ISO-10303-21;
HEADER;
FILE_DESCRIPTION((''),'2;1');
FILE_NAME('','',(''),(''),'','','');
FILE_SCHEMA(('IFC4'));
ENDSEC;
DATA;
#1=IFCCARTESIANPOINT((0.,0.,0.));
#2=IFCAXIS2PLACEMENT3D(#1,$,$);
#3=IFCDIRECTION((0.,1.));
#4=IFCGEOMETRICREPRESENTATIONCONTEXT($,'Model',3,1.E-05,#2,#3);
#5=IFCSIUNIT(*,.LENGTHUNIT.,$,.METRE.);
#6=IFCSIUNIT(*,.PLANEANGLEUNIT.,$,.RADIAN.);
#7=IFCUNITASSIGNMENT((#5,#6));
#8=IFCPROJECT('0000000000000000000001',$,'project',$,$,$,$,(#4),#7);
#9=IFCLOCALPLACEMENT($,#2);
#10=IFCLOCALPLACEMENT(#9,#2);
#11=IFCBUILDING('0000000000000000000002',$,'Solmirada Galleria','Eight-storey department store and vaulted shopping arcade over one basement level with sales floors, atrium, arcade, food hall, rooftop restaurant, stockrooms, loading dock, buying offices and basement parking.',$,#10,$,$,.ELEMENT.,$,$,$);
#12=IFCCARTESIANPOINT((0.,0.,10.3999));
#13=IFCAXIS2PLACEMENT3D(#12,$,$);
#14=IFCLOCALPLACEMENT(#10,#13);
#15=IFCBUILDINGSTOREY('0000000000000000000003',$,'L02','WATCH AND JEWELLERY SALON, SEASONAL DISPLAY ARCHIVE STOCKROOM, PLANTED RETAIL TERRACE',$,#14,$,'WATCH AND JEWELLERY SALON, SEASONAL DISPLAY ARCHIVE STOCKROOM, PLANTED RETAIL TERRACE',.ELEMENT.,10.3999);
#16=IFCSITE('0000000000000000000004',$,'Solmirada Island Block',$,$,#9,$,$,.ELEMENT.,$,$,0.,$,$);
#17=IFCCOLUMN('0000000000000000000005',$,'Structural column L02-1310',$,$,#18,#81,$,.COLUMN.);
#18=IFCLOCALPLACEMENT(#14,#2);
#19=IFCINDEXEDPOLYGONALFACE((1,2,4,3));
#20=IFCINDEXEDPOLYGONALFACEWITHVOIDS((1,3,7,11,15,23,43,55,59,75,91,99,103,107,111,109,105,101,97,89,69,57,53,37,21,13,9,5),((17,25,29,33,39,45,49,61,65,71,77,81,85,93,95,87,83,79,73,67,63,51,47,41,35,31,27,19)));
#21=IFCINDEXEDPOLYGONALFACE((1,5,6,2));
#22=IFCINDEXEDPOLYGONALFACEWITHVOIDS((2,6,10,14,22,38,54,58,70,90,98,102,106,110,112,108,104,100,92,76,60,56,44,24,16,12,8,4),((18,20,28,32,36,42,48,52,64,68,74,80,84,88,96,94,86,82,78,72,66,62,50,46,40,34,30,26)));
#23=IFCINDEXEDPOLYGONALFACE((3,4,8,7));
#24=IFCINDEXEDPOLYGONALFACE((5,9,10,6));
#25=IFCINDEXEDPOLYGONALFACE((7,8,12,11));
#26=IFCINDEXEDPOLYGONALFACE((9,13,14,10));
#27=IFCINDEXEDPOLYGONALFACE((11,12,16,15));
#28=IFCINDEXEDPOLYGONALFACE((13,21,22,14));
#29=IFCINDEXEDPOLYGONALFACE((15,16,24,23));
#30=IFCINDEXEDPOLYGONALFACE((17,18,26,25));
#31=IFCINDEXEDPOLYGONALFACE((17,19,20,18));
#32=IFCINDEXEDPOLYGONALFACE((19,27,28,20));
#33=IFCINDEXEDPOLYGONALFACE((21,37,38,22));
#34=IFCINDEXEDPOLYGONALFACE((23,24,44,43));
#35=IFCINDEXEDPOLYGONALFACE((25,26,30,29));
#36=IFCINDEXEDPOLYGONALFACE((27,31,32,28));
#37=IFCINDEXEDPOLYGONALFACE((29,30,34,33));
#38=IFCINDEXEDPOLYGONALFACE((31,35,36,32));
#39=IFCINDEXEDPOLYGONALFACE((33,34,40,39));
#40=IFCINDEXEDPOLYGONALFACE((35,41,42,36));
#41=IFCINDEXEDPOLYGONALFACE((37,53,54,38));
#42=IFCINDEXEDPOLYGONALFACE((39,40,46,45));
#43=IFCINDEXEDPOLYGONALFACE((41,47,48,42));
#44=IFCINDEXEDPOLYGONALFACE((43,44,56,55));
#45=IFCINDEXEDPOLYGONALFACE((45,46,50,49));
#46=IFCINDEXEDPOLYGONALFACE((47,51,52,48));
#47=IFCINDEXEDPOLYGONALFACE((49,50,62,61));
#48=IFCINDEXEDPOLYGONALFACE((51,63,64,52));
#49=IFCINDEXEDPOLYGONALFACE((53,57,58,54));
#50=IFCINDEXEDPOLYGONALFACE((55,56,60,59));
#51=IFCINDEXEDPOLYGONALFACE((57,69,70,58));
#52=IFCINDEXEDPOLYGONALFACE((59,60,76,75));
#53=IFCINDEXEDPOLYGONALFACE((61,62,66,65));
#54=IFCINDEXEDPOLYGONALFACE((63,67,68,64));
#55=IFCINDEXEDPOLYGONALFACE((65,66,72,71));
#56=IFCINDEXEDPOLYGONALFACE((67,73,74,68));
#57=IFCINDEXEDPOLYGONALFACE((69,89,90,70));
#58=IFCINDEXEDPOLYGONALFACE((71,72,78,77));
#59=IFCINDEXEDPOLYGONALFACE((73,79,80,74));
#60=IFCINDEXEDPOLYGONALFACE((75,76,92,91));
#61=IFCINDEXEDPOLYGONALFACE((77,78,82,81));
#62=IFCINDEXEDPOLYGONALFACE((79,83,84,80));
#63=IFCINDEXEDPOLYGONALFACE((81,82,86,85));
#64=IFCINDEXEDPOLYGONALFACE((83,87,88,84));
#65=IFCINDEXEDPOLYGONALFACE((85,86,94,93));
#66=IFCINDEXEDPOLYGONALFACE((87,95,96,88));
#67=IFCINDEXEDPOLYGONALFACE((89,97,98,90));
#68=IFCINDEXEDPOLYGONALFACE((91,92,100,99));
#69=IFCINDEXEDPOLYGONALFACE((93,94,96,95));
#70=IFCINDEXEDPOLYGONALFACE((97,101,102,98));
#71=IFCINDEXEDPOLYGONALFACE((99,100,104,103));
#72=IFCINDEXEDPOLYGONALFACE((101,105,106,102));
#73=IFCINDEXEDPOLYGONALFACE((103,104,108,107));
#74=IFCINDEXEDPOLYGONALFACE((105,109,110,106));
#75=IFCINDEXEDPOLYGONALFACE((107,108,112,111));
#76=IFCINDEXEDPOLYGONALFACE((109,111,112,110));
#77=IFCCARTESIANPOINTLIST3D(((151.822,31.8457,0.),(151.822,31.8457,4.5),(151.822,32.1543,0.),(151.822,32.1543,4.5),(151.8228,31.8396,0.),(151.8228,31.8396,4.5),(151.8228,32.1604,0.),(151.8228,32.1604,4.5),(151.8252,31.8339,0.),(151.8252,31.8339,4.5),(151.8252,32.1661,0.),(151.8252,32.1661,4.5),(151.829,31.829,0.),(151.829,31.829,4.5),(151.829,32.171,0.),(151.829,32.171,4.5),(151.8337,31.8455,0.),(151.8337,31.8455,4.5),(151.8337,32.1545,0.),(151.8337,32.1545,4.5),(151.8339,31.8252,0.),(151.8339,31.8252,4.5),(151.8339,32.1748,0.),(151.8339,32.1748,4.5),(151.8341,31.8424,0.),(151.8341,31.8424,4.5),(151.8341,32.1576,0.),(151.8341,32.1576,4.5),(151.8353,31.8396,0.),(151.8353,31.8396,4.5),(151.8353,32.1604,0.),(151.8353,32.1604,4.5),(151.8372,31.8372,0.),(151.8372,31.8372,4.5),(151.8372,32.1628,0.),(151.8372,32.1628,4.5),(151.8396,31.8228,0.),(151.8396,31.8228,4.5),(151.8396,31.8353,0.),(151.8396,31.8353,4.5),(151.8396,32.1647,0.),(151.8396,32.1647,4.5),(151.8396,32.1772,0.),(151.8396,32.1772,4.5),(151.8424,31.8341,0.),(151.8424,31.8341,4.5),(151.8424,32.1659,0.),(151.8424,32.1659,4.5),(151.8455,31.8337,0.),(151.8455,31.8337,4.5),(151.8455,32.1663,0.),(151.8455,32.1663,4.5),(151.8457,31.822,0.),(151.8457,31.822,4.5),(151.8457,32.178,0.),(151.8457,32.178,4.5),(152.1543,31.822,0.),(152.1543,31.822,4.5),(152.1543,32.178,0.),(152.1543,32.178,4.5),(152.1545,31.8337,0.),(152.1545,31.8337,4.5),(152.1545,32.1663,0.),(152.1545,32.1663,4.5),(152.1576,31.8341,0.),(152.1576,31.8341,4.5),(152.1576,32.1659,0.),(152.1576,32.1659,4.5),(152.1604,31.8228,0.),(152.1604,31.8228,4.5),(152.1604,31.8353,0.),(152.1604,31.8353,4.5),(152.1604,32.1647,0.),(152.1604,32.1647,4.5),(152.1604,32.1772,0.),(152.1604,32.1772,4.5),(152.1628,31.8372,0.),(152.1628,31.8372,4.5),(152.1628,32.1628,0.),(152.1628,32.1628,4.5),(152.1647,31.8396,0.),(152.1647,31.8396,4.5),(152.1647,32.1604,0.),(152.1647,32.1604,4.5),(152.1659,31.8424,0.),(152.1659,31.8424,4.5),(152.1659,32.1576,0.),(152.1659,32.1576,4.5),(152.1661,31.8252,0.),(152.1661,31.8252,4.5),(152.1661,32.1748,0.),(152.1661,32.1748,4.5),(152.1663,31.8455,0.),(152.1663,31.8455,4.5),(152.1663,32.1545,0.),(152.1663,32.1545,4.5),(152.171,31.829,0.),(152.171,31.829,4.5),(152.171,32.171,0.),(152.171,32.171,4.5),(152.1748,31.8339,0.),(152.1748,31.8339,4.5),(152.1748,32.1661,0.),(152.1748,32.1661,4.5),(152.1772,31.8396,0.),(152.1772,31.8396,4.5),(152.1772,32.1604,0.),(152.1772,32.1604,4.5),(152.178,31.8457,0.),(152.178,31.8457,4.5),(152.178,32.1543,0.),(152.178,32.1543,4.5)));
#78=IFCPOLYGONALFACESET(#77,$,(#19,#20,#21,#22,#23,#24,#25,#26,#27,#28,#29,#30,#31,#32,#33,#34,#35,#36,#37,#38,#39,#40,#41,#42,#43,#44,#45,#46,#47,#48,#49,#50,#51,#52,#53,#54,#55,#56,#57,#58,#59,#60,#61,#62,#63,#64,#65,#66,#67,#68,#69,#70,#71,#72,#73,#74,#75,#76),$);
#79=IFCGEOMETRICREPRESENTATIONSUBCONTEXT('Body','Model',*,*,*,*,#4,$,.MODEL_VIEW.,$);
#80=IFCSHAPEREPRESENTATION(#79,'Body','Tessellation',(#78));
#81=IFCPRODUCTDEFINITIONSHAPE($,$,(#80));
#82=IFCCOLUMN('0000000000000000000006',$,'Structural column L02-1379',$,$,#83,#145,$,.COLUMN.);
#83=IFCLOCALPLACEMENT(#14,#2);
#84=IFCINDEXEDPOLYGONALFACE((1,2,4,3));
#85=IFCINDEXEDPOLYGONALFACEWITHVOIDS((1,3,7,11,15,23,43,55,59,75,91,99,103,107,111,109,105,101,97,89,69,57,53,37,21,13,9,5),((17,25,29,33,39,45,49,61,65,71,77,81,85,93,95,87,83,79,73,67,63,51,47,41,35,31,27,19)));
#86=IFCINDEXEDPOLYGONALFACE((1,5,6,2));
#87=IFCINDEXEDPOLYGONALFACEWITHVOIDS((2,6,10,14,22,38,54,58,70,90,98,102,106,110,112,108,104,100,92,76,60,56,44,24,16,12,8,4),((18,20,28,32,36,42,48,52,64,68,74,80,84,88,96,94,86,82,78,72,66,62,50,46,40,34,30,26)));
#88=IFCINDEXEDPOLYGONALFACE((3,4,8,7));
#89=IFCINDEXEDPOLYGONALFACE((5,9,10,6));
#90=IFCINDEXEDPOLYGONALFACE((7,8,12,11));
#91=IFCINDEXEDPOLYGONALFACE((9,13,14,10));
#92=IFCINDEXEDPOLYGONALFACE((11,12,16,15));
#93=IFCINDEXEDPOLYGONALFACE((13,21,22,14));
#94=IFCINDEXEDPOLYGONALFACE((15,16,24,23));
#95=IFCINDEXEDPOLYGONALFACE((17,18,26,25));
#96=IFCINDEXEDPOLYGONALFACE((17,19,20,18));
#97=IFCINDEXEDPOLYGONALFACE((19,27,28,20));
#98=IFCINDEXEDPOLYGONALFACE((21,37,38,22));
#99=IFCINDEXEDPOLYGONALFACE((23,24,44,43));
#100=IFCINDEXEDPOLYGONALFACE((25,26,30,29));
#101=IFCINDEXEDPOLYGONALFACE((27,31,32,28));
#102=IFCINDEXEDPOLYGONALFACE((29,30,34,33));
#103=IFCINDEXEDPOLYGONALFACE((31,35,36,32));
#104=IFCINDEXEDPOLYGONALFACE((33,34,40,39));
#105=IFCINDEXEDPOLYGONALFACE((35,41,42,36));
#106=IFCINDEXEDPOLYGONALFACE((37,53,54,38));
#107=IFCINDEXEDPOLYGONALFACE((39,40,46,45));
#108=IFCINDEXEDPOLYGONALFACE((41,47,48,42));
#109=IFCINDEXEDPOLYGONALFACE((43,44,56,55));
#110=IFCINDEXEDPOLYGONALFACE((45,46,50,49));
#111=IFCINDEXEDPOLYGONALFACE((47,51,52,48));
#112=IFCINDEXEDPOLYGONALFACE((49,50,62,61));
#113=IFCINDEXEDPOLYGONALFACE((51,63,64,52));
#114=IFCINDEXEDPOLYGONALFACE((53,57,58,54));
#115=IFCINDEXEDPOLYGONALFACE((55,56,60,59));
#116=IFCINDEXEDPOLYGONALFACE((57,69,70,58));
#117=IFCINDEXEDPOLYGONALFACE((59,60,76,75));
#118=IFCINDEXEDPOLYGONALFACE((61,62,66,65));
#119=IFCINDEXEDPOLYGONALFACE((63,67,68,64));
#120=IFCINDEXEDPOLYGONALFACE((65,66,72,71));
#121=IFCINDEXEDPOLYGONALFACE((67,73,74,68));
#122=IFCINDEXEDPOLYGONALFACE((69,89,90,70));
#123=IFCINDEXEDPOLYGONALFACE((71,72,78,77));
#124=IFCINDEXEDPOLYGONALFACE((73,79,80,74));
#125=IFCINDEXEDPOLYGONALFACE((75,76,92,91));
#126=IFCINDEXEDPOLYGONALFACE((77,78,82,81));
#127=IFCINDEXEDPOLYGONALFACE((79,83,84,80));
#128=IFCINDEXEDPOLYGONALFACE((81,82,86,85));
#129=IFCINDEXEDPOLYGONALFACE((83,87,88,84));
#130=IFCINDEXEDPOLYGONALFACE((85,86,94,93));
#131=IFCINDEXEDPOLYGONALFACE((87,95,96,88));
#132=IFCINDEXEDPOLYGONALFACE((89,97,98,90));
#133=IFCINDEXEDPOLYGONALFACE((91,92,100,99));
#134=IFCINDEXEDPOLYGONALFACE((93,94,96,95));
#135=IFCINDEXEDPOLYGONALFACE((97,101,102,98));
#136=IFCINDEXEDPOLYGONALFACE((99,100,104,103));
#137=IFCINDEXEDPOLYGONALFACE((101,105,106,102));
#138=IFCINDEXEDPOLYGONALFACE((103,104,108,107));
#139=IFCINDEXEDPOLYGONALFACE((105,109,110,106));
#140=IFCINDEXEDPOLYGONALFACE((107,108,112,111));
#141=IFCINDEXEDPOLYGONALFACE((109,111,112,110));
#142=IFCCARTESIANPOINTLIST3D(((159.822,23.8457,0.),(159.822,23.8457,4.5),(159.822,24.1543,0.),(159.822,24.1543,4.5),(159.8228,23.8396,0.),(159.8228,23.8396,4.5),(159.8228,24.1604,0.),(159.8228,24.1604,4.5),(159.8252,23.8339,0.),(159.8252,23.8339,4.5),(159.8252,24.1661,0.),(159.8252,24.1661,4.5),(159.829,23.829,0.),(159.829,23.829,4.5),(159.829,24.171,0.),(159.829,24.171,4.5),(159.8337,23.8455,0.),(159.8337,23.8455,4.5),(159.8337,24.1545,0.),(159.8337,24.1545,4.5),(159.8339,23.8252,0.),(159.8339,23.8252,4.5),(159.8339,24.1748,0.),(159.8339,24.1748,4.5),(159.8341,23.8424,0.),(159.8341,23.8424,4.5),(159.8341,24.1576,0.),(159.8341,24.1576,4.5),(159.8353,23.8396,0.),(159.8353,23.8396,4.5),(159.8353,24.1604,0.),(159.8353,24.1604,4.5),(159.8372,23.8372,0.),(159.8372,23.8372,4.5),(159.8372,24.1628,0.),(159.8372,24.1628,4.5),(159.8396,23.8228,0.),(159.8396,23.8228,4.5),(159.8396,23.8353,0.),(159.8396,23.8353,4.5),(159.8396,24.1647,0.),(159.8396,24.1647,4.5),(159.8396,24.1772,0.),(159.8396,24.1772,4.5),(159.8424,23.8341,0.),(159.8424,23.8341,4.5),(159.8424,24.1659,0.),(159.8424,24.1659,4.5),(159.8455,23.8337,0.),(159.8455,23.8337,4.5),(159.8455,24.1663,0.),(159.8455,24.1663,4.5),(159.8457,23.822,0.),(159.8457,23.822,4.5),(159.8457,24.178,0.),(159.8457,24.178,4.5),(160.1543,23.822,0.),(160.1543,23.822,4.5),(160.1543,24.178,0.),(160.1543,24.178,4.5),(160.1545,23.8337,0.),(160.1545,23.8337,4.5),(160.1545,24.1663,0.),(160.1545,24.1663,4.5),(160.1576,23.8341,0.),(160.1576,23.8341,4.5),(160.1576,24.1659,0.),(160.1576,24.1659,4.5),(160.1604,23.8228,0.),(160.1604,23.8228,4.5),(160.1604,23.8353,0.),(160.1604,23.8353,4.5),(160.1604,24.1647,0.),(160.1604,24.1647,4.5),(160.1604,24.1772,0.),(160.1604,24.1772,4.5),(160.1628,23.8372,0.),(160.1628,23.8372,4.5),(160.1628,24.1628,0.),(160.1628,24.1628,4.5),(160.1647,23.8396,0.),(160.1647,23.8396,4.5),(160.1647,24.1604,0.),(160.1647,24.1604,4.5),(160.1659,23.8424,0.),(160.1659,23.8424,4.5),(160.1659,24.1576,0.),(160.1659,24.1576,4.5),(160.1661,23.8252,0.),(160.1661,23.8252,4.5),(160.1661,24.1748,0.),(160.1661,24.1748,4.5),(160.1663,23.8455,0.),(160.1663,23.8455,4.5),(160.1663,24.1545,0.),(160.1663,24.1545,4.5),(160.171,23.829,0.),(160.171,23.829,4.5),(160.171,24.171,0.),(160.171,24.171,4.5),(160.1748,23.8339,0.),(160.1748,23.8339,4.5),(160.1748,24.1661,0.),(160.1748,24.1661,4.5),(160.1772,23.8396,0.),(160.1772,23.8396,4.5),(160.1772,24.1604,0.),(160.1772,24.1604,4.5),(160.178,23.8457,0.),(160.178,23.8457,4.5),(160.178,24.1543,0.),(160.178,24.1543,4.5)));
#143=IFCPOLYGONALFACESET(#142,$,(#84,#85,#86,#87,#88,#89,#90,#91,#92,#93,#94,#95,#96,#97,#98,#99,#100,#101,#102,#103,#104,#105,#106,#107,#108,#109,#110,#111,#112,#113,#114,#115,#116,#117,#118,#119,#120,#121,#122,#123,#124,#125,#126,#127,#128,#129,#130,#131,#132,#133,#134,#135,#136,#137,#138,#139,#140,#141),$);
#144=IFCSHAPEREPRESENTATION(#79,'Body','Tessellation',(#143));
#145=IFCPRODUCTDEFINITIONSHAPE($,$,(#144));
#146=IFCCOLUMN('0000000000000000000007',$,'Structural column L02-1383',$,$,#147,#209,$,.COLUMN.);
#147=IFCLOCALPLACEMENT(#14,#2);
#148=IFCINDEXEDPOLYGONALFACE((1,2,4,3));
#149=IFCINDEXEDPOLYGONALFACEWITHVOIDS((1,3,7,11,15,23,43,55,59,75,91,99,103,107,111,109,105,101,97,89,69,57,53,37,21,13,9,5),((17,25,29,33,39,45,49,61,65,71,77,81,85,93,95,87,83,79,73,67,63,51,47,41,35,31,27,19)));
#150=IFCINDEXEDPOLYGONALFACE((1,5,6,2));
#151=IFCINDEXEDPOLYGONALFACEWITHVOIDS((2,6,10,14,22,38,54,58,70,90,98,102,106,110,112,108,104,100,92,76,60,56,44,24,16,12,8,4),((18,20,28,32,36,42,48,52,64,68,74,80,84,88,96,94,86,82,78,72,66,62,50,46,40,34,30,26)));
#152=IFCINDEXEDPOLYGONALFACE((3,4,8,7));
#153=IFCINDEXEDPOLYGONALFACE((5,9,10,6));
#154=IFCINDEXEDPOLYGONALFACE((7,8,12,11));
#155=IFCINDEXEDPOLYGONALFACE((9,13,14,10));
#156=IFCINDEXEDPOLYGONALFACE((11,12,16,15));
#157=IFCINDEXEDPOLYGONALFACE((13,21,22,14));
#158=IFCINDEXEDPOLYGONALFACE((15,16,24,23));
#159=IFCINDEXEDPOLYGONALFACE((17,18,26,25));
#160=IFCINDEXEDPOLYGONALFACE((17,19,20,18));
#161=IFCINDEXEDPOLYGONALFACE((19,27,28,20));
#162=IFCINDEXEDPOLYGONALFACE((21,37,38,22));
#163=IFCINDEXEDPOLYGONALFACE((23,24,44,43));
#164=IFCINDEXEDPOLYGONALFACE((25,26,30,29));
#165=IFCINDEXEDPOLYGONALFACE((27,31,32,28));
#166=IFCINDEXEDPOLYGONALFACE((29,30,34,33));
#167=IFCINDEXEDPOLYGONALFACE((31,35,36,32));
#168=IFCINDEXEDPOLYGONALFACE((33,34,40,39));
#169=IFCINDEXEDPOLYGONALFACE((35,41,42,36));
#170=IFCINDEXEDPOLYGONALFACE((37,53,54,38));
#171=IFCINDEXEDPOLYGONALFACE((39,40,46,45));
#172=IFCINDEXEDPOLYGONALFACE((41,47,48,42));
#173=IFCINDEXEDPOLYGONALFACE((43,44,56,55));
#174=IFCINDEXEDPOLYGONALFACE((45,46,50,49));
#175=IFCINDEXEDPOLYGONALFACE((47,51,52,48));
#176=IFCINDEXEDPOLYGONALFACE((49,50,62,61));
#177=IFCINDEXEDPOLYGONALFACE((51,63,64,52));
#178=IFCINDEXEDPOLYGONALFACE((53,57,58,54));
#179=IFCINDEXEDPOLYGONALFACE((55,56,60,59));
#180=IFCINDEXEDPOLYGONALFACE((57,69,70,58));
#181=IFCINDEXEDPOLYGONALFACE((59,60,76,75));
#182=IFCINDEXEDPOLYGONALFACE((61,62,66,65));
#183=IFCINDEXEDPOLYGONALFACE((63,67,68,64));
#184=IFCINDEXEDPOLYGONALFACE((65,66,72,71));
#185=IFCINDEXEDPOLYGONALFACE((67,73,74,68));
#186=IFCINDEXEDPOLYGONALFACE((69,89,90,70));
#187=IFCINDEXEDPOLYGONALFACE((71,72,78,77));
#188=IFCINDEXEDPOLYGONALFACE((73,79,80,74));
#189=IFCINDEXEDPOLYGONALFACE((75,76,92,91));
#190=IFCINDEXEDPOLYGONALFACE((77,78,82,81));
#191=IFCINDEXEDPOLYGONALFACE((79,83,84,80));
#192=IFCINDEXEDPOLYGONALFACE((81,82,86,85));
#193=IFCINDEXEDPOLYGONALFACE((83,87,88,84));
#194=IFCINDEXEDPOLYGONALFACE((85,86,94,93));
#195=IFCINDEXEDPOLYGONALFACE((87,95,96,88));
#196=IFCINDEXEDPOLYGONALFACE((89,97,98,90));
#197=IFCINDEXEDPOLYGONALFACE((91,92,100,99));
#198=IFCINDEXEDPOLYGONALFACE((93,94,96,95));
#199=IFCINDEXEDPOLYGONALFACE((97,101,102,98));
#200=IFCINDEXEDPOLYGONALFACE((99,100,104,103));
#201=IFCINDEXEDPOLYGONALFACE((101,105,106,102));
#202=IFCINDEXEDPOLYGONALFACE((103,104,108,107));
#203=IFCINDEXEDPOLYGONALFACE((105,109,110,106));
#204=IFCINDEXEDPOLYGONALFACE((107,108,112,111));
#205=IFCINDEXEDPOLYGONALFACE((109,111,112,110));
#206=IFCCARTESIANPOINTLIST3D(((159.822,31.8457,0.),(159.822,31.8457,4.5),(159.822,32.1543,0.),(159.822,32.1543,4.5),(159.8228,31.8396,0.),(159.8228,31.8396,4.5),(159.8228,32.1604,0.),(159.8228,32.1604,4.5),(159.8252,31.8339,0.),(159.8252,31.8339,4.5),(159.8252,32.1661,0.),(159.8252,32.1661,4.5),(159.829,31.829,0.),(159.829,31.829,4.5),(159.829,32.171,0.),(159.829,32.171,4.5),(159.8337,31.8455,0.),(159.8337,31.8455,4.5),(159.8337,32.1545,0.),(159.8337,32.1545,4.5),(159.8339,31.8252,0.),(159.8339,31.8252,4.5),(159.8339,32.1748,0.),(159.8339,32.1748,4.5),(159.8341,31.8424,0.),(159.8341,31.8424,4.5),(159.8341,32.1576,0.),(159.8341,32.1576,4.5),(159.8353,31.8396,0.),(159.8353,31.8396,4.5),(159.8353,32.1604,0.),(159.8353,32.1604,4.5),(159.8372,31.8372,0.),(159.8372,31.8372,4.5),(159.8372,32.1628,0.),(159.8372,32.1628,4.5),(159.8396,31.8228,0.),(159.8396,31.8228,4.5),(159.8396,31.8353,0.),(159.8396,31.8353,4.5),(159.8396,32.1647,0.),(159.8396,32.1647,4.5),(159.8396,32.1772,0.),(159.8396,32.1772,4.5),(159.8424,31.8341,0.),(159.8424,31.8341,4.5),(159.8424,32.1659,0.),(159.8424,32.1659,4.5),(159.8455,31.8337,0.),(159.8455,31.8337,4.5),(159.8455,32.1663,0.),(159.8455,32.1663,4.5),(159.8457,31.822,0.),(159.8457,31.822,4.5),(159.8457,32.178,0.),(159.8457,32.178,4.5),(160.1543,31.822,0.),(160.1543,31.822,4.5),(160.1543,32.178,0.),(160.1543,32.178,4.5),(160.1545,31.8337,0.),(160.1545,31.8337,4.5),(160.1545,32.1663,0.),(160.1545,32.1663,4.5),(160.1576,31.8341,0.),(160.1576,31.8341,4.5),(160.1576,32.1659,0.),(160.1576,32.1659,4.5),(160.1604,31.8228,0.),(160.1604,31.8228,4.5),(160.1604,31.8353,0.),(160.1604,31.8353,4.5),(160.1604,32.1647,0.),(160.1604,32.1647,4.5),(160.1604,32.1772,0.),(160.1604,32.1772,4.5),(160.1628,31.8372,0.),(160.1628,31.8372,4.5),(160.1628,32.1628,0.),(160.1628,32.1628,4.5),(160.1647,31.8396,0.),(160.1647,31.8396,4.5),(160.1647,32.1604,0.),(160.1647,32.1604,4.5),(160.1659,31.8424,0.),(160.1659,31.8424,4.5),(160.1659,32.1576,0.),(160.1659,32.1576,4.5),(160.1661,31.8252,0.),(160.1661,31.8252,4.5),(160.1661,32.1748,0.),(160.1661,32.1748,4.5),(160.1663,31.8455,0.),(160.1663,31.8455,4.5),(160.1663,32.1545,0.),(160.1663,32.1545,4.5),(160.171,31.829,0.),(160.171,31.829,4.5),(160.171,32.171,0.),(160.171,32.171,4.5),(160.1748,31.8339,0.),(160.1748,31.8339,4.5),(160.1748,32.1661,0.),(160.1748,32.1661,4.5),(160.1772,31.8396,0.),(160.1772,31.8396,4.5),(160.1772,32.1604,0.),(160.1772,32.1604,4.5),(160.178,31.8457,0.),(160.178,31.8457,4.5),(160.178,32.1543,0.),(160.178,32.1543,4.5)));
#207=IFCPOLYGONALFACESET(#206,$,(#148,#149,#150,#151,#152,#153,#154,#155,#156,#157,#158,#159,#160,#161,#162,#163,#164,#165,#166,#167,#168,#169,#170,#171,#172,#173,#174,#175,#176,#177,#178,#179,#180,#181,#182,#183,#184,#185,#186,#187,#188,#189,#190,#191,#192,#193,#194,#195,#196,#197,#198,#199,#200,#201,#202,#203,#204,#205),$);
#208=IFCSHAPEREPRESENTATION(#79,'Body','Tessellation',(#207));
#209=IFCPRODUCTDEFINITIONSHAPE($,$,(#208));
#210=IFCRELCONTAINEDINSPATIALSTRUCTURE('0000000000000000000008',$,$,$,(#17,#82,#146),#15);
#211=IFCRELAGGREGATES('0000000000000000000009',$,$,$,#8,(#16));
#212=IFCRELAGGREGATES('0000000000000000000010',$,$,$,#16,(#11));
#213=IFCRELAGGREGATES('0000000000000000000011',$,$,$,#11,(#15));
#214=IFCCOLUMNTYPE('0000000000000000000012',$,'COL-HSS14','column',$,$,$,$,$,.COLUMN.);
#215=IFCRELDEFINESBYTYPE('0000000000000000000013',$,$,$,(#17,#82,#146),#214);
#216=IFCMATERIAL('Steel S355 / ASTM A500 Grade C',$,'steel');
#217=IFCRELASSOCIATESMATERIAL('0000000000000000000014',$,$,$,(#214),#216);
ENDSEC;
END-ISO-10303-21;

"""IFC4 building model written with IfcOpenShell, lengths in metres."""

from ifc_helpers import new_model, si_unit, direction, frame, origin, origin_2d, place, context, subcontext, project, spatial, hollow_rectangle, extrude, material, material_profile, profile_set, type_object, element, save


model = new_model("IFC4")

# Units and contexts
model_context = context("Model", 3, precision=1e-05, world=origin(), true_north=direction((0.0, 1.0)))
body_context = subcontext(model_context, "Body", "Model", "MODEL_VIEW")
ifc_project = project(units=[si_unit("LENGTHUNIT", "METRE"), si_unit("PLANEANGLEUNIT", "RADIAN")], contexts=[model_context])

# Site, building, storey
site_placement = place(None, origin())
site = spatial("IfcSite", under=ifc_project, at=site_placement, Name="Solmirada Island Block", CompositionType="ELEMENT", RefElevation=0.0)
building_placement = place(site_placement, origin())
building = spatial("IfcBuilding", under=site, at=building_placement, Name="Solmirada Galleria", Description="Eight-storey department store and vaulted shopping arcade over one basement level with sales floors, atrium, arcade, food hall, rooftop restaurant, stockrooms, loading dock, buying offices and basement parking.", CompositionType="ELEMENT")
storey_placement = place(building_placement, frame((0.0, 0.0, 10.3999)))
storey = spatial("IfcBuildingStorey", under=building, at=storey_placement, Name="L02", Description="WATCH AND JEWELLERY SALON, SEASONAL DISPLAY ARCHIVE STOCKROOM, PLANTED RETAIL TERRACE", LongName="WATCH AND JEWELLERY SALON, SEASONAL DISPLAY ARCHIVE STOCKROOM, PLANTED RETAIL TERRACE", CompositionType="ELEMENT", Elevation=10.3999)

# Columns
ifc_material_1 = material(Name="Steel S355 / ASTM A500 Grade C", Category="steel")
ifc_material_profile_1 = material_profile(ifc_material_1, hollow_rectangle(XDim=0.356, YDim=0.356, WallThickness=0.0117, InnerFilletRadius=0.0117, OuterFilletRadius=0.0237, at=origin_2d()), Name="HSS14X14X1/2")
ifc_profile_set_1 = profile_set([ifc_material_profile_1], Name="Steel S355 / ASTM A500 Grade C")
column_type = type_object("IfcColumnType", Name="COL-HSS14", Description="column", PredefinedType="COLUMN", material=ifc_profile_set_1)
for number, where, z_axis, x_axis, name in (
    (1, (152.0, 32.0, 0.0), (0.0, 0.0, 1.0), (1.0, 0.0, 0.0), "Structural column L02-1310"),
    (2, (160.0, 24.0, 0.0), (0.0, 0.0, 1.0), (1.0, 0.0, 0.0), "Structural column L02-1379"),
    (3, (160.0, 32.0, 0.0), (0.0, 0.0, 1.0), (1.0, 0.0, 0.0), "Structural column L02-1383"),
):
    element("IfcColumn", number, at=place(storey_placement, frame(where, z_axis=z_axis, x_axis=x_axis)), inside=storey, type_object=column_type, Name=name, PredefinedType="COLUMN", context=body_context, shape_type="SweptSolid", body=[
        extrude(hollow_rectangle(XDim=0.356, YDim=0.356, WallThickness=0.0117, InnerFilletRadius=0.0117, OuterFilletRadius=0.0237, at=origin_2d()), origin(), (0.0, 0.0, 1.0), 4.5),
    ])

save(model, "model.ifc")
